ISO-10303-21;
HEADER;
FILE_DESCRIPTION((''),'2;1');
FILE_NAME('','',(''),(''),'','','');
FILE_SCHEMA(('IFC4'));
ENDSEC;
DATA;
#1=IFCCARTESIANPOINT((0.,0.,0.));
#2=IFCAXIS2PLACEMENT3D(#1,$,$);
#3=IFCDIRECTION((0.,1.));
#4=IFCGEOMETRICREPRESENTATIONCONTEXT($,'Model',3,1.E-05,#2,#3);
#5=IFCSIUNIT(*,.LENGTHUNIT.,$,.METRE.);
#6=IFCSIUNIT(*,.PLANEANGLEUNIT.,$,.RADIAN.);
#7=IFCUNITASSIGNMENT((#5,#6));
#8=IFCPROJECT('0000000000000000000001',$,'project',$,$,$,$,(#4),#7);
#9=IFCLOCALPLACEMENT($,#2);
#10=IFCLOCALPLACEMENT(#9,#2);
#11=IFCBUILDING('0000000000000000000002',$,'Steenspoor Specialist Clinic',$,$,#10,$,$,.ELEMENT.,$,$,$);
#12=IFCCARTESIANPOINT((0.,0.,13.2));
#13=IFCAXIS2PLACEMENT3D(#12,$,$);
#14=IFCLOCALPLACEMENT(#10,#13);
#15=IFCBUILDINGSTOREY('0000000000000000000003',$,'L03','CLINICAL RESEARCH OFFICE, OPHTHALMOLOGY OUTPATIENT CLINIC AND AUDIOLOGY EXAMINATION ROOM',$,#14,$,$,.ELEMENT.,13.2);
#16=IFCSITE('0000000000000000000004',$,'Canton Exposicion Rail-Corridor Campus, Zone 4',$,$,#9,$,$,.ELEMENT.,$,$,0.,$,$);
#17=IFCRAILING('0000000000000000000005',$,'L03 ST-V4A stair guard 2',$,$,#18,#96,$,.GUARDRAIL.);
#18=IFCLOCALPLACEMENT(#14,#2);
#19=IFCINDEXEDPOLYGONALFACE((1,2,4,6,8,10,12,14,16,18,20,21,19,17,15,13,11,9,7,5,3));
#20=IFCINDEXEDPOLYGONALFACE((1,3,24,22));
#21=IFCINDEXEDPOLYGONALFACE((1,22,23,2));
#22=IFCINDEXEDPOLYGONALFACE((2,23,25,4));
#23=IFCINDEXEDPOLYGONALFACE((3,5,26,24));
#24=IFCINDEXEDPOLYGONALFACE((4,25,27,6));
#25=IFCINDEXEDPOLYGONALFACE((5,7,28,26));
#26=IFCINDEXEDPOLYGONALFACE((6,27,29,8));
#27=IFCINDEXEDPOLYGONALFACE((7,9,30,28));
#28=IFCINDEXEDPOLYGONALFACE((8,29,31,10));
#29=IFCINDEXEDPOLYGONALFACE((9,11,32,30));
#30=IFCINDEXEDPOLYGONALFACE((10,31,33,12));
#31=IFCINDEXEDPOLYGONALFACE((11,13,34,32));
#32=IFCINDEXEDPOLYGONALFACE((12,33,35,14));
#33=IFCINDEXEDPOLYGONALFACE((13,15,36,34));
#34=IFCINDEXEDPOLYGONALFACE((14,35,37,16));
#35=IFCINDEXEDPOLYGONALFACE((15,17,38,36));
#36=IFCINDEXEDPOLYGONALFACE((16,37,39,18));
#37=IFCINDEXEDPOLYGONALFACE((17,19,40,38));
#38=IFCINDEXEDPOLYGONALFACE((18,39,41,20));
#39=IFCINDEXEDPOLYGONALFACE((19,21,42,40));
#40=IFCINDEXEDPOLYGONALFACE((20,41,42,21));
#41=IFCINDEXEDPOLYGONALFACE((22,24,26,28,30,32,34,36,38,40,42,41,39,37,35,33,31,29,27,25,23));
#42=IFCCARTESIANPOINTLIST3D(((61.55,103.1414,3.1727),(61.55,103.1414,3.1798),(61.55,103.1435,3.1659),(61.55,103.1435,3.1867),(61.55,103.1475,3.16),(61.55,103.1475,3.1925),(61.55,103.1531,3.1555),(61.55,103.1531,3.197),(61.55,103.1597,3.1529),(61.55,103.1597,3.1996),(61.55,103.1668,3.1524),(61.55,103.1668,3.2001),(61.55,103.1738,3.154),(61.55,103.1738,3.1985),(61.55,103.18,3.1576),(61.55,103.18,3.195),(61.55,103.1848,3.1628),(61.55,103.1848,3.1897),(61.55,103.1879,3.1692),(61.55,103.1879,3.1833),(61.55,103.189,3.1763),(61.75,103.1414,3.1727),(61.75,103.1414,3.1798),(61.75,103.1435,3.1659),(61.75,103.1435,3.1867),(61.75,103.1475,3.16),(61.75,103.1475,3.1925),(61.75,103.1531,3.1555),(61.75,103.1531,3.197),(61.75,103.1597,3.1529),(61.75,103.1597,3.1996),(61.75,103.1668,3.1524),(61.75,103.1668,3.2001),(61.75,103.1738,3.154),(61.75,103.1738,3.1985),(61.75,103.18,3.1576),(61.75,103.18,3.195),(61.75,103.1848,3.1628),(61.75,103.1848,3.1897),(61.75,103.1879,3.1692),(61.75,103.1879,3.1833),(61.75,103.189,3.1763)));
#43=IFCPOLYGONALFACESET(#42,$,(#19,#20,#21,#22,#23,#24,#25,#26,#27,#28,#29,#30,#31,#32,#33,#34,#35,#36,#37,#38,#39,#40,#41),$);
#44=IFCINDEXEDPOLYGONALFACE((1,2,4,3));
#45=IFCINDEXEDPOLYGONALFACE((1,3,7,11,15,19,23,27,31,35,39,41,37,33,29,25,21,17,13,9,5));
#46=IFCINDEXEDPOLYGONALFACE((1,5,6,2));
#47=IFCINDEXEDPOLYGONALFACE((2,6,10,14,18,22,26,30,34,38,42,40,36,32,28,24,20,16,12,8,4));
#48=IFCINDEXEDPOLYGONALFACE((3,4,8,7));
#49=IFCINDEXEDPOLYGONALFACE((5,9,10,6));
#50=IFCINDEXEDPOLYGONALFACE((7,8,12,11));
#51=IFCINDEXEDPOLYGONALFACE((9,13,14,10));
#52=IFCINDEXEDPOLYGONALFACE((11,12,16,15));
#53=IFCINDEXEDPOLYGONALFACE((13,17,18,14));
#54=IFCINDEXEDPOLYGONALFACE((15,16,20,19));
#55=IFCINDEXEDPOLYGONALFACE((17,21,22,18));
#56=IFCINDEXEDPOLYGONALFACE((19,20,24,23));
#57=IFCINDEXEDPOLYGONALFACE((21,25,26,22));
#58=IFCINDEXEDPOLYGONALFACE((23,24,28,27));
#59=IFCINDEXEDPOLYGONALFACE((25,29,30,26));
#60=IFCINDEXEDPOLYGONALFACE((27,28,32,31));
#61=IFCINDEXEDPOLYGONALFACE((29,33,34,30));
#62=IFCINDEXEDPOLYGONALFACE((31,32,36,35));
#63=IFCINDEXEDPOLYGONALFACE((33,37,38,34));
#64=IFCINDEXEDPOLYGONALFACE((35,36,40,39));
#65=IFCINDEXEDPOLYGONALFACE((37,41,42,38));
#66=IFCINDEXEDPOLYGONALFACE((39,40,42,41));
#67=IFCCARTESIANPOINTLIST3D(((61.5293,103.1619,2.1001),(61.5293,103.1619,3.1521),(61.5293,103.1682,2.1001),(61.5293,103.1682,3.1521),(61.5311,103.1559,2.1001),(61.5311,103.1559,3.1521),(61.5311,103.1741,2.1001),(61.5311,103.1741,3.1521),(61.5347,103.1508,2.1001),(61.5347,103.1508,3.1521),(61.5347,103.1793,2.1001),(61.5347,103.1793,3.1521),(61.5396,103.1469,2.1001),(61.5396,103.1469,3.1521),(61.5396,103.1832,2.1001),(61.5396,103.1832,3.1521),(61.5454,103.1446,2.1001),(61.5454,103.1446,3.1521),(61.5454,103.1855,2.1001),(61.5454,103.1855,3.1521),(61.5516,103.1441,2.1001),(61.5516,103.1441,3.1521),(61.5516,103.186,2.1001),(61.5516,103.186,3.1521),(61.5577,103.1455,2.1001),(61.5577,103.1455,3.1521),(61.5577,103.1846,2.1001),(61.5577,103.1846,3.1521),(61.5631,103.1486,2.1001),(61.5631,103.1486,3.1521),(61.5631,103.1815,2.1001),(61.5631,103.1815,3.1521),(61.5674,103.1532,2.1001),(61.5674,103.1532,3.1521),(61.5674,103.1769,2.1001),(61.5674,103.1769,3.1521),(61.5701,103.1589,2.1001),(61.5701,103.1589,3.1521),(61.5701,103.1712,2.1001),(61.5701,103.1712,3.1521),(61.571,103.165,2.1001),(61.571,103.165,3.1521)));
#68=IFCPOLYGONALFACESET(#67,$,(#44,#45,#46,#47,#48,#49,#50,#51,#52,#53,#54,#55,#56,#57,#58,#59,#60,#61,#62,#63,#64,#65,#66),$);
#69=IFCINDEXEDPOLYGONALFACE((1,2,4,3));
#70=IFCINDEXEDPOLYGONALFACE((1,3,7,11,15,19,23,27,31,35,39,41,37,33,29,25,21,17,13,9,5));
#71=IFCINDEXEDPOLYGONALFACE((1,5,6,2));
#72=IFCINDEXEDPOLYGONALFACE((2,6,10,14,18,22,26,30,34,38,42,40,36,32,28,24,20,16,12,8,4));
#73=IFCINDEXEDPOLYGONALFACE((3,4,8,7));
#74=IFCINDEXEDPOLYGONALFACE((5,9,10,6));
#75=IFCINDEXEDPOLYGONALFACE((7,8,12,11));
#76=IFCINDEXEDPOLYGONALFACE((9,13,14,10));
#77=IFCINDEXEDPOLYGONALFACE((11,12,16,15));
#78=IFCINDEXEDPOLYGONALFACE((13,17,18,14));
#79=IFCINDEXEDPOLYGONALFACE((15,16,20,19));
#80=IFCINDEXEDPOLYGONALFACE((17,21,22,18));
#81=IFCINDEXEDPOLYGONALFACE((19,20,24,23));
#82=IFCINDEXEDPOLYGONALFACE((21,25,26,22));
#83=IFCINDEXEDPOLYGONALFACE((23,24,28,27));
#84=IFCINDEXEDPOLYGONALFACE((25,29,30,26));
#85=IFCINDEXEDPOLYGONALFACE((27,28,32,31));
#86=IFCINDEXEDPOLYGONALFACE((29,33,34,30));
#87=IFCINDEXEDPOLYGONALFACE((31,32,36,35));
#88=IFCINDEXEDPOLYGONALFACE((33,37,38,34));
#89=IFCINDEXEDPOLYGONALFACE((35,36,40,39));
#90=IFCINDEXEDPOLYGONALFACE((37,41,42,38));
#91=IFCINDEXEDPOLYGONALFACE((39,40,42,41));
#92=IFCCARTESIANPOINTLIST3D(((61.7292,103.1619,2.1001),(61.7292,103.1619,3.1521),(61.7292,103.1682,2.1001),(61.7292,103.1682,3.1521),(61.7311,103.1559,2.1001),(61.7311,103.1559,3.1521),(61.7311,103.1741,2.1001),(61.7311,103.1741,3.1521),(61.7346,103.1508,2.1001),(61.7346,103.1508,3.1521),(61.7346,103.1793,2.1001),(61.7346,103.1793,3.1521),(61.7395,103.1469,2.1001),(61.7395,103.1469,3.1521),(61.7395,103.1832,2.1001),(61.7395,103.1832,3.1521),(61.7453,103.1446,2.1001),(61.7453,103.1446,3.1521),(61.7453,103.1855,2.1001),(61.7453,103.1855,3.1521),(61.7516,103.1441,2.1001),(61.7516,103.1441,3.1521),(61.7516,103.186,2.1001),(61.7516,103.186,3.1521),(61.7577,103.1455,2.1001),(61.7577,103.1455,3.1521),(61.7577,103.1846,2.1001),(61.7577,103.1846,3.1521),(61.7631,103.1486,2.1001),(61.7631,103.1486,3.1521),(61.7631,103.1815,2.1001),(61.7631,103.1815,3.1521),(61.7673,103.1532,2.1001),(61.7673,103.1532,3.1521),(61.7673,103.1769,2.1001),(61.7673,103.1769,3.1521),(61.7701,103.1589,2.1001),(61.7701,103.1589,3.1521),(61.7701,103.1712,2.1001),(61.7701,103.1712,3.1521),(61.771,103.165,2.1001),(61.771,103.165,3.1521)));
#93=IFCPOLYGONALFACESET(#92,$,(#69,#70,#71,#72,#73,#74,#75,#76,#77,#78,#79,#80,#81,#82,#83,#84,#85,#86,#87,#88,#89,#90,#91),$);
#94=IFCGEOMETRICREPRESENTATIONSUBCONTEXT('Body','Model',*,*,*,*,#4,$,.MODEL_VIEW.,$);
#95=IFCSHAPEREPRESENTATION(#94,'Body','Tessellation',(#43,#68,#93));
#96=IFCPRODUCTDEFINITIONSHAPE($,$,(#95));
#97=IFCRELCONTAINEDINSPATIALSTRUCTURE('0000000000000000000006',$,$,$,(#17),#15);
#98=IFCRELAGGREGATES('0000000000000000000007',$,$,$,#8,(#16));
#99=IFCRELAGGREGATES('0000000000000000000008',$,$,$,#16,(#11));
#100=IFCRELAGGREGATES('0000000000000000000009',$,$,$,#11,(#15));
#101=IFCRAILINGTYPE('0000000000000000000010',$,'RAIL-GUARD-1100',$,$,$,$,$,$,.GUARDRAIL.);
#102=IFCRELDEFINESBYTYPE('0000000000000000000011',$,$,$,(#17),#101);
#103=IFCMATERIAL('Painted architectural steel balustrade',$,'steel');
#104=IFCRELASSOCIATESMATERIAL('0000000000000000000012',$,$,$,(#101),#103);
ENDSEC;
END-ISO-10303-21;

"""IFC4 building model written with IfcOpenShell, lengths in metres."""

from ifc_helpers import new_model, si_unit, direction, frame, origin, origin_2d, place, context, subcontext, project, spatial, circle, extrude, material, type_object, element, save


model = new_model("IFC4")

# Units and contexts
model_context = context("Model", 3, precision=1e-05, world=origin(), true_north=direction((0.0, 1.0)))
body_context = subcontext(model_context, "Body", "Model", "MODEL_VIEW")
ifc_project = project(units=[si_unit("LENGTHUNIT", "METRE"), si_unit("PLANEANGLEUNIT", "RADIAN")], contexts=[model_context])

# Site, building, storey
site_placement = place(None, origin())
site = spatial("IfcSite", under=ifc_project, at=site_placement, Name="Canton Exposicion Rail-Corridor Campus, Zone 4", CompositionType="ELEMENT", RefElevation=0.0)
building_placement = place(site_placement, origin())
building = spatial("IfcBuilding", under=site, at=building_placement, Name="Steenspoor Specialist Clinic", CompositionType="ELEMENT")
storey_placement = place(building_placement, frame((0.0, 0.0, 13.2)))
storey = spatial("IfcBuildingStorey", under=building, at=storey_placement, Name="L03", Description="CLINICAL RESEARCH OFFICE, OPHTHALMOLOGY OUTPATIENT CLINIC AND AUDIOLOGY EXAMINATION ROOM", CompositionType="ELEMENT", Elevation=13.2)

# Railing
ifc_material_1 = material(Name="Painted architectural steel balustrade", Category="steel")
railing_type_1 = type_object("IfcRailingType", Name="RAIL-GUARD-1100", PredefinedType="GUARDRAIL", material=ifc_material_1)
railing_1_placement = place(storey_placement, frame((61.55, 103.165, 2.1001)))
element("IfcRailing", 1, at=railing_1_placement, inside=storey, type_object=railing_type_1, Name="L03 ST-V4A stair guard 2", PredefinedType="GUARDRAIL", context=body_context, shape_type="SweptSolid", body=[
    extrude(circle(Radius=0.0239, at=origin_2d()), frame((0.0, 0.0, 1.0762), z_axis=(1.0, 0.0, 0.0), x_axis=(0.0, 1.0, 0.0)), (0.0, 0.0, 1.0), 0.2),
    extrude(circle(Radius=0.021, at=origin_2d()), origin(), (0.0, 0.0, 1.0), 1.052),
    extrude(circle(Radius=0.021, at=origin_2d()), frame((0.2, 0.0, 0.0)), (0.0, 0.0, 1.0), 1.052),
])

save(model, "model.ifc")
